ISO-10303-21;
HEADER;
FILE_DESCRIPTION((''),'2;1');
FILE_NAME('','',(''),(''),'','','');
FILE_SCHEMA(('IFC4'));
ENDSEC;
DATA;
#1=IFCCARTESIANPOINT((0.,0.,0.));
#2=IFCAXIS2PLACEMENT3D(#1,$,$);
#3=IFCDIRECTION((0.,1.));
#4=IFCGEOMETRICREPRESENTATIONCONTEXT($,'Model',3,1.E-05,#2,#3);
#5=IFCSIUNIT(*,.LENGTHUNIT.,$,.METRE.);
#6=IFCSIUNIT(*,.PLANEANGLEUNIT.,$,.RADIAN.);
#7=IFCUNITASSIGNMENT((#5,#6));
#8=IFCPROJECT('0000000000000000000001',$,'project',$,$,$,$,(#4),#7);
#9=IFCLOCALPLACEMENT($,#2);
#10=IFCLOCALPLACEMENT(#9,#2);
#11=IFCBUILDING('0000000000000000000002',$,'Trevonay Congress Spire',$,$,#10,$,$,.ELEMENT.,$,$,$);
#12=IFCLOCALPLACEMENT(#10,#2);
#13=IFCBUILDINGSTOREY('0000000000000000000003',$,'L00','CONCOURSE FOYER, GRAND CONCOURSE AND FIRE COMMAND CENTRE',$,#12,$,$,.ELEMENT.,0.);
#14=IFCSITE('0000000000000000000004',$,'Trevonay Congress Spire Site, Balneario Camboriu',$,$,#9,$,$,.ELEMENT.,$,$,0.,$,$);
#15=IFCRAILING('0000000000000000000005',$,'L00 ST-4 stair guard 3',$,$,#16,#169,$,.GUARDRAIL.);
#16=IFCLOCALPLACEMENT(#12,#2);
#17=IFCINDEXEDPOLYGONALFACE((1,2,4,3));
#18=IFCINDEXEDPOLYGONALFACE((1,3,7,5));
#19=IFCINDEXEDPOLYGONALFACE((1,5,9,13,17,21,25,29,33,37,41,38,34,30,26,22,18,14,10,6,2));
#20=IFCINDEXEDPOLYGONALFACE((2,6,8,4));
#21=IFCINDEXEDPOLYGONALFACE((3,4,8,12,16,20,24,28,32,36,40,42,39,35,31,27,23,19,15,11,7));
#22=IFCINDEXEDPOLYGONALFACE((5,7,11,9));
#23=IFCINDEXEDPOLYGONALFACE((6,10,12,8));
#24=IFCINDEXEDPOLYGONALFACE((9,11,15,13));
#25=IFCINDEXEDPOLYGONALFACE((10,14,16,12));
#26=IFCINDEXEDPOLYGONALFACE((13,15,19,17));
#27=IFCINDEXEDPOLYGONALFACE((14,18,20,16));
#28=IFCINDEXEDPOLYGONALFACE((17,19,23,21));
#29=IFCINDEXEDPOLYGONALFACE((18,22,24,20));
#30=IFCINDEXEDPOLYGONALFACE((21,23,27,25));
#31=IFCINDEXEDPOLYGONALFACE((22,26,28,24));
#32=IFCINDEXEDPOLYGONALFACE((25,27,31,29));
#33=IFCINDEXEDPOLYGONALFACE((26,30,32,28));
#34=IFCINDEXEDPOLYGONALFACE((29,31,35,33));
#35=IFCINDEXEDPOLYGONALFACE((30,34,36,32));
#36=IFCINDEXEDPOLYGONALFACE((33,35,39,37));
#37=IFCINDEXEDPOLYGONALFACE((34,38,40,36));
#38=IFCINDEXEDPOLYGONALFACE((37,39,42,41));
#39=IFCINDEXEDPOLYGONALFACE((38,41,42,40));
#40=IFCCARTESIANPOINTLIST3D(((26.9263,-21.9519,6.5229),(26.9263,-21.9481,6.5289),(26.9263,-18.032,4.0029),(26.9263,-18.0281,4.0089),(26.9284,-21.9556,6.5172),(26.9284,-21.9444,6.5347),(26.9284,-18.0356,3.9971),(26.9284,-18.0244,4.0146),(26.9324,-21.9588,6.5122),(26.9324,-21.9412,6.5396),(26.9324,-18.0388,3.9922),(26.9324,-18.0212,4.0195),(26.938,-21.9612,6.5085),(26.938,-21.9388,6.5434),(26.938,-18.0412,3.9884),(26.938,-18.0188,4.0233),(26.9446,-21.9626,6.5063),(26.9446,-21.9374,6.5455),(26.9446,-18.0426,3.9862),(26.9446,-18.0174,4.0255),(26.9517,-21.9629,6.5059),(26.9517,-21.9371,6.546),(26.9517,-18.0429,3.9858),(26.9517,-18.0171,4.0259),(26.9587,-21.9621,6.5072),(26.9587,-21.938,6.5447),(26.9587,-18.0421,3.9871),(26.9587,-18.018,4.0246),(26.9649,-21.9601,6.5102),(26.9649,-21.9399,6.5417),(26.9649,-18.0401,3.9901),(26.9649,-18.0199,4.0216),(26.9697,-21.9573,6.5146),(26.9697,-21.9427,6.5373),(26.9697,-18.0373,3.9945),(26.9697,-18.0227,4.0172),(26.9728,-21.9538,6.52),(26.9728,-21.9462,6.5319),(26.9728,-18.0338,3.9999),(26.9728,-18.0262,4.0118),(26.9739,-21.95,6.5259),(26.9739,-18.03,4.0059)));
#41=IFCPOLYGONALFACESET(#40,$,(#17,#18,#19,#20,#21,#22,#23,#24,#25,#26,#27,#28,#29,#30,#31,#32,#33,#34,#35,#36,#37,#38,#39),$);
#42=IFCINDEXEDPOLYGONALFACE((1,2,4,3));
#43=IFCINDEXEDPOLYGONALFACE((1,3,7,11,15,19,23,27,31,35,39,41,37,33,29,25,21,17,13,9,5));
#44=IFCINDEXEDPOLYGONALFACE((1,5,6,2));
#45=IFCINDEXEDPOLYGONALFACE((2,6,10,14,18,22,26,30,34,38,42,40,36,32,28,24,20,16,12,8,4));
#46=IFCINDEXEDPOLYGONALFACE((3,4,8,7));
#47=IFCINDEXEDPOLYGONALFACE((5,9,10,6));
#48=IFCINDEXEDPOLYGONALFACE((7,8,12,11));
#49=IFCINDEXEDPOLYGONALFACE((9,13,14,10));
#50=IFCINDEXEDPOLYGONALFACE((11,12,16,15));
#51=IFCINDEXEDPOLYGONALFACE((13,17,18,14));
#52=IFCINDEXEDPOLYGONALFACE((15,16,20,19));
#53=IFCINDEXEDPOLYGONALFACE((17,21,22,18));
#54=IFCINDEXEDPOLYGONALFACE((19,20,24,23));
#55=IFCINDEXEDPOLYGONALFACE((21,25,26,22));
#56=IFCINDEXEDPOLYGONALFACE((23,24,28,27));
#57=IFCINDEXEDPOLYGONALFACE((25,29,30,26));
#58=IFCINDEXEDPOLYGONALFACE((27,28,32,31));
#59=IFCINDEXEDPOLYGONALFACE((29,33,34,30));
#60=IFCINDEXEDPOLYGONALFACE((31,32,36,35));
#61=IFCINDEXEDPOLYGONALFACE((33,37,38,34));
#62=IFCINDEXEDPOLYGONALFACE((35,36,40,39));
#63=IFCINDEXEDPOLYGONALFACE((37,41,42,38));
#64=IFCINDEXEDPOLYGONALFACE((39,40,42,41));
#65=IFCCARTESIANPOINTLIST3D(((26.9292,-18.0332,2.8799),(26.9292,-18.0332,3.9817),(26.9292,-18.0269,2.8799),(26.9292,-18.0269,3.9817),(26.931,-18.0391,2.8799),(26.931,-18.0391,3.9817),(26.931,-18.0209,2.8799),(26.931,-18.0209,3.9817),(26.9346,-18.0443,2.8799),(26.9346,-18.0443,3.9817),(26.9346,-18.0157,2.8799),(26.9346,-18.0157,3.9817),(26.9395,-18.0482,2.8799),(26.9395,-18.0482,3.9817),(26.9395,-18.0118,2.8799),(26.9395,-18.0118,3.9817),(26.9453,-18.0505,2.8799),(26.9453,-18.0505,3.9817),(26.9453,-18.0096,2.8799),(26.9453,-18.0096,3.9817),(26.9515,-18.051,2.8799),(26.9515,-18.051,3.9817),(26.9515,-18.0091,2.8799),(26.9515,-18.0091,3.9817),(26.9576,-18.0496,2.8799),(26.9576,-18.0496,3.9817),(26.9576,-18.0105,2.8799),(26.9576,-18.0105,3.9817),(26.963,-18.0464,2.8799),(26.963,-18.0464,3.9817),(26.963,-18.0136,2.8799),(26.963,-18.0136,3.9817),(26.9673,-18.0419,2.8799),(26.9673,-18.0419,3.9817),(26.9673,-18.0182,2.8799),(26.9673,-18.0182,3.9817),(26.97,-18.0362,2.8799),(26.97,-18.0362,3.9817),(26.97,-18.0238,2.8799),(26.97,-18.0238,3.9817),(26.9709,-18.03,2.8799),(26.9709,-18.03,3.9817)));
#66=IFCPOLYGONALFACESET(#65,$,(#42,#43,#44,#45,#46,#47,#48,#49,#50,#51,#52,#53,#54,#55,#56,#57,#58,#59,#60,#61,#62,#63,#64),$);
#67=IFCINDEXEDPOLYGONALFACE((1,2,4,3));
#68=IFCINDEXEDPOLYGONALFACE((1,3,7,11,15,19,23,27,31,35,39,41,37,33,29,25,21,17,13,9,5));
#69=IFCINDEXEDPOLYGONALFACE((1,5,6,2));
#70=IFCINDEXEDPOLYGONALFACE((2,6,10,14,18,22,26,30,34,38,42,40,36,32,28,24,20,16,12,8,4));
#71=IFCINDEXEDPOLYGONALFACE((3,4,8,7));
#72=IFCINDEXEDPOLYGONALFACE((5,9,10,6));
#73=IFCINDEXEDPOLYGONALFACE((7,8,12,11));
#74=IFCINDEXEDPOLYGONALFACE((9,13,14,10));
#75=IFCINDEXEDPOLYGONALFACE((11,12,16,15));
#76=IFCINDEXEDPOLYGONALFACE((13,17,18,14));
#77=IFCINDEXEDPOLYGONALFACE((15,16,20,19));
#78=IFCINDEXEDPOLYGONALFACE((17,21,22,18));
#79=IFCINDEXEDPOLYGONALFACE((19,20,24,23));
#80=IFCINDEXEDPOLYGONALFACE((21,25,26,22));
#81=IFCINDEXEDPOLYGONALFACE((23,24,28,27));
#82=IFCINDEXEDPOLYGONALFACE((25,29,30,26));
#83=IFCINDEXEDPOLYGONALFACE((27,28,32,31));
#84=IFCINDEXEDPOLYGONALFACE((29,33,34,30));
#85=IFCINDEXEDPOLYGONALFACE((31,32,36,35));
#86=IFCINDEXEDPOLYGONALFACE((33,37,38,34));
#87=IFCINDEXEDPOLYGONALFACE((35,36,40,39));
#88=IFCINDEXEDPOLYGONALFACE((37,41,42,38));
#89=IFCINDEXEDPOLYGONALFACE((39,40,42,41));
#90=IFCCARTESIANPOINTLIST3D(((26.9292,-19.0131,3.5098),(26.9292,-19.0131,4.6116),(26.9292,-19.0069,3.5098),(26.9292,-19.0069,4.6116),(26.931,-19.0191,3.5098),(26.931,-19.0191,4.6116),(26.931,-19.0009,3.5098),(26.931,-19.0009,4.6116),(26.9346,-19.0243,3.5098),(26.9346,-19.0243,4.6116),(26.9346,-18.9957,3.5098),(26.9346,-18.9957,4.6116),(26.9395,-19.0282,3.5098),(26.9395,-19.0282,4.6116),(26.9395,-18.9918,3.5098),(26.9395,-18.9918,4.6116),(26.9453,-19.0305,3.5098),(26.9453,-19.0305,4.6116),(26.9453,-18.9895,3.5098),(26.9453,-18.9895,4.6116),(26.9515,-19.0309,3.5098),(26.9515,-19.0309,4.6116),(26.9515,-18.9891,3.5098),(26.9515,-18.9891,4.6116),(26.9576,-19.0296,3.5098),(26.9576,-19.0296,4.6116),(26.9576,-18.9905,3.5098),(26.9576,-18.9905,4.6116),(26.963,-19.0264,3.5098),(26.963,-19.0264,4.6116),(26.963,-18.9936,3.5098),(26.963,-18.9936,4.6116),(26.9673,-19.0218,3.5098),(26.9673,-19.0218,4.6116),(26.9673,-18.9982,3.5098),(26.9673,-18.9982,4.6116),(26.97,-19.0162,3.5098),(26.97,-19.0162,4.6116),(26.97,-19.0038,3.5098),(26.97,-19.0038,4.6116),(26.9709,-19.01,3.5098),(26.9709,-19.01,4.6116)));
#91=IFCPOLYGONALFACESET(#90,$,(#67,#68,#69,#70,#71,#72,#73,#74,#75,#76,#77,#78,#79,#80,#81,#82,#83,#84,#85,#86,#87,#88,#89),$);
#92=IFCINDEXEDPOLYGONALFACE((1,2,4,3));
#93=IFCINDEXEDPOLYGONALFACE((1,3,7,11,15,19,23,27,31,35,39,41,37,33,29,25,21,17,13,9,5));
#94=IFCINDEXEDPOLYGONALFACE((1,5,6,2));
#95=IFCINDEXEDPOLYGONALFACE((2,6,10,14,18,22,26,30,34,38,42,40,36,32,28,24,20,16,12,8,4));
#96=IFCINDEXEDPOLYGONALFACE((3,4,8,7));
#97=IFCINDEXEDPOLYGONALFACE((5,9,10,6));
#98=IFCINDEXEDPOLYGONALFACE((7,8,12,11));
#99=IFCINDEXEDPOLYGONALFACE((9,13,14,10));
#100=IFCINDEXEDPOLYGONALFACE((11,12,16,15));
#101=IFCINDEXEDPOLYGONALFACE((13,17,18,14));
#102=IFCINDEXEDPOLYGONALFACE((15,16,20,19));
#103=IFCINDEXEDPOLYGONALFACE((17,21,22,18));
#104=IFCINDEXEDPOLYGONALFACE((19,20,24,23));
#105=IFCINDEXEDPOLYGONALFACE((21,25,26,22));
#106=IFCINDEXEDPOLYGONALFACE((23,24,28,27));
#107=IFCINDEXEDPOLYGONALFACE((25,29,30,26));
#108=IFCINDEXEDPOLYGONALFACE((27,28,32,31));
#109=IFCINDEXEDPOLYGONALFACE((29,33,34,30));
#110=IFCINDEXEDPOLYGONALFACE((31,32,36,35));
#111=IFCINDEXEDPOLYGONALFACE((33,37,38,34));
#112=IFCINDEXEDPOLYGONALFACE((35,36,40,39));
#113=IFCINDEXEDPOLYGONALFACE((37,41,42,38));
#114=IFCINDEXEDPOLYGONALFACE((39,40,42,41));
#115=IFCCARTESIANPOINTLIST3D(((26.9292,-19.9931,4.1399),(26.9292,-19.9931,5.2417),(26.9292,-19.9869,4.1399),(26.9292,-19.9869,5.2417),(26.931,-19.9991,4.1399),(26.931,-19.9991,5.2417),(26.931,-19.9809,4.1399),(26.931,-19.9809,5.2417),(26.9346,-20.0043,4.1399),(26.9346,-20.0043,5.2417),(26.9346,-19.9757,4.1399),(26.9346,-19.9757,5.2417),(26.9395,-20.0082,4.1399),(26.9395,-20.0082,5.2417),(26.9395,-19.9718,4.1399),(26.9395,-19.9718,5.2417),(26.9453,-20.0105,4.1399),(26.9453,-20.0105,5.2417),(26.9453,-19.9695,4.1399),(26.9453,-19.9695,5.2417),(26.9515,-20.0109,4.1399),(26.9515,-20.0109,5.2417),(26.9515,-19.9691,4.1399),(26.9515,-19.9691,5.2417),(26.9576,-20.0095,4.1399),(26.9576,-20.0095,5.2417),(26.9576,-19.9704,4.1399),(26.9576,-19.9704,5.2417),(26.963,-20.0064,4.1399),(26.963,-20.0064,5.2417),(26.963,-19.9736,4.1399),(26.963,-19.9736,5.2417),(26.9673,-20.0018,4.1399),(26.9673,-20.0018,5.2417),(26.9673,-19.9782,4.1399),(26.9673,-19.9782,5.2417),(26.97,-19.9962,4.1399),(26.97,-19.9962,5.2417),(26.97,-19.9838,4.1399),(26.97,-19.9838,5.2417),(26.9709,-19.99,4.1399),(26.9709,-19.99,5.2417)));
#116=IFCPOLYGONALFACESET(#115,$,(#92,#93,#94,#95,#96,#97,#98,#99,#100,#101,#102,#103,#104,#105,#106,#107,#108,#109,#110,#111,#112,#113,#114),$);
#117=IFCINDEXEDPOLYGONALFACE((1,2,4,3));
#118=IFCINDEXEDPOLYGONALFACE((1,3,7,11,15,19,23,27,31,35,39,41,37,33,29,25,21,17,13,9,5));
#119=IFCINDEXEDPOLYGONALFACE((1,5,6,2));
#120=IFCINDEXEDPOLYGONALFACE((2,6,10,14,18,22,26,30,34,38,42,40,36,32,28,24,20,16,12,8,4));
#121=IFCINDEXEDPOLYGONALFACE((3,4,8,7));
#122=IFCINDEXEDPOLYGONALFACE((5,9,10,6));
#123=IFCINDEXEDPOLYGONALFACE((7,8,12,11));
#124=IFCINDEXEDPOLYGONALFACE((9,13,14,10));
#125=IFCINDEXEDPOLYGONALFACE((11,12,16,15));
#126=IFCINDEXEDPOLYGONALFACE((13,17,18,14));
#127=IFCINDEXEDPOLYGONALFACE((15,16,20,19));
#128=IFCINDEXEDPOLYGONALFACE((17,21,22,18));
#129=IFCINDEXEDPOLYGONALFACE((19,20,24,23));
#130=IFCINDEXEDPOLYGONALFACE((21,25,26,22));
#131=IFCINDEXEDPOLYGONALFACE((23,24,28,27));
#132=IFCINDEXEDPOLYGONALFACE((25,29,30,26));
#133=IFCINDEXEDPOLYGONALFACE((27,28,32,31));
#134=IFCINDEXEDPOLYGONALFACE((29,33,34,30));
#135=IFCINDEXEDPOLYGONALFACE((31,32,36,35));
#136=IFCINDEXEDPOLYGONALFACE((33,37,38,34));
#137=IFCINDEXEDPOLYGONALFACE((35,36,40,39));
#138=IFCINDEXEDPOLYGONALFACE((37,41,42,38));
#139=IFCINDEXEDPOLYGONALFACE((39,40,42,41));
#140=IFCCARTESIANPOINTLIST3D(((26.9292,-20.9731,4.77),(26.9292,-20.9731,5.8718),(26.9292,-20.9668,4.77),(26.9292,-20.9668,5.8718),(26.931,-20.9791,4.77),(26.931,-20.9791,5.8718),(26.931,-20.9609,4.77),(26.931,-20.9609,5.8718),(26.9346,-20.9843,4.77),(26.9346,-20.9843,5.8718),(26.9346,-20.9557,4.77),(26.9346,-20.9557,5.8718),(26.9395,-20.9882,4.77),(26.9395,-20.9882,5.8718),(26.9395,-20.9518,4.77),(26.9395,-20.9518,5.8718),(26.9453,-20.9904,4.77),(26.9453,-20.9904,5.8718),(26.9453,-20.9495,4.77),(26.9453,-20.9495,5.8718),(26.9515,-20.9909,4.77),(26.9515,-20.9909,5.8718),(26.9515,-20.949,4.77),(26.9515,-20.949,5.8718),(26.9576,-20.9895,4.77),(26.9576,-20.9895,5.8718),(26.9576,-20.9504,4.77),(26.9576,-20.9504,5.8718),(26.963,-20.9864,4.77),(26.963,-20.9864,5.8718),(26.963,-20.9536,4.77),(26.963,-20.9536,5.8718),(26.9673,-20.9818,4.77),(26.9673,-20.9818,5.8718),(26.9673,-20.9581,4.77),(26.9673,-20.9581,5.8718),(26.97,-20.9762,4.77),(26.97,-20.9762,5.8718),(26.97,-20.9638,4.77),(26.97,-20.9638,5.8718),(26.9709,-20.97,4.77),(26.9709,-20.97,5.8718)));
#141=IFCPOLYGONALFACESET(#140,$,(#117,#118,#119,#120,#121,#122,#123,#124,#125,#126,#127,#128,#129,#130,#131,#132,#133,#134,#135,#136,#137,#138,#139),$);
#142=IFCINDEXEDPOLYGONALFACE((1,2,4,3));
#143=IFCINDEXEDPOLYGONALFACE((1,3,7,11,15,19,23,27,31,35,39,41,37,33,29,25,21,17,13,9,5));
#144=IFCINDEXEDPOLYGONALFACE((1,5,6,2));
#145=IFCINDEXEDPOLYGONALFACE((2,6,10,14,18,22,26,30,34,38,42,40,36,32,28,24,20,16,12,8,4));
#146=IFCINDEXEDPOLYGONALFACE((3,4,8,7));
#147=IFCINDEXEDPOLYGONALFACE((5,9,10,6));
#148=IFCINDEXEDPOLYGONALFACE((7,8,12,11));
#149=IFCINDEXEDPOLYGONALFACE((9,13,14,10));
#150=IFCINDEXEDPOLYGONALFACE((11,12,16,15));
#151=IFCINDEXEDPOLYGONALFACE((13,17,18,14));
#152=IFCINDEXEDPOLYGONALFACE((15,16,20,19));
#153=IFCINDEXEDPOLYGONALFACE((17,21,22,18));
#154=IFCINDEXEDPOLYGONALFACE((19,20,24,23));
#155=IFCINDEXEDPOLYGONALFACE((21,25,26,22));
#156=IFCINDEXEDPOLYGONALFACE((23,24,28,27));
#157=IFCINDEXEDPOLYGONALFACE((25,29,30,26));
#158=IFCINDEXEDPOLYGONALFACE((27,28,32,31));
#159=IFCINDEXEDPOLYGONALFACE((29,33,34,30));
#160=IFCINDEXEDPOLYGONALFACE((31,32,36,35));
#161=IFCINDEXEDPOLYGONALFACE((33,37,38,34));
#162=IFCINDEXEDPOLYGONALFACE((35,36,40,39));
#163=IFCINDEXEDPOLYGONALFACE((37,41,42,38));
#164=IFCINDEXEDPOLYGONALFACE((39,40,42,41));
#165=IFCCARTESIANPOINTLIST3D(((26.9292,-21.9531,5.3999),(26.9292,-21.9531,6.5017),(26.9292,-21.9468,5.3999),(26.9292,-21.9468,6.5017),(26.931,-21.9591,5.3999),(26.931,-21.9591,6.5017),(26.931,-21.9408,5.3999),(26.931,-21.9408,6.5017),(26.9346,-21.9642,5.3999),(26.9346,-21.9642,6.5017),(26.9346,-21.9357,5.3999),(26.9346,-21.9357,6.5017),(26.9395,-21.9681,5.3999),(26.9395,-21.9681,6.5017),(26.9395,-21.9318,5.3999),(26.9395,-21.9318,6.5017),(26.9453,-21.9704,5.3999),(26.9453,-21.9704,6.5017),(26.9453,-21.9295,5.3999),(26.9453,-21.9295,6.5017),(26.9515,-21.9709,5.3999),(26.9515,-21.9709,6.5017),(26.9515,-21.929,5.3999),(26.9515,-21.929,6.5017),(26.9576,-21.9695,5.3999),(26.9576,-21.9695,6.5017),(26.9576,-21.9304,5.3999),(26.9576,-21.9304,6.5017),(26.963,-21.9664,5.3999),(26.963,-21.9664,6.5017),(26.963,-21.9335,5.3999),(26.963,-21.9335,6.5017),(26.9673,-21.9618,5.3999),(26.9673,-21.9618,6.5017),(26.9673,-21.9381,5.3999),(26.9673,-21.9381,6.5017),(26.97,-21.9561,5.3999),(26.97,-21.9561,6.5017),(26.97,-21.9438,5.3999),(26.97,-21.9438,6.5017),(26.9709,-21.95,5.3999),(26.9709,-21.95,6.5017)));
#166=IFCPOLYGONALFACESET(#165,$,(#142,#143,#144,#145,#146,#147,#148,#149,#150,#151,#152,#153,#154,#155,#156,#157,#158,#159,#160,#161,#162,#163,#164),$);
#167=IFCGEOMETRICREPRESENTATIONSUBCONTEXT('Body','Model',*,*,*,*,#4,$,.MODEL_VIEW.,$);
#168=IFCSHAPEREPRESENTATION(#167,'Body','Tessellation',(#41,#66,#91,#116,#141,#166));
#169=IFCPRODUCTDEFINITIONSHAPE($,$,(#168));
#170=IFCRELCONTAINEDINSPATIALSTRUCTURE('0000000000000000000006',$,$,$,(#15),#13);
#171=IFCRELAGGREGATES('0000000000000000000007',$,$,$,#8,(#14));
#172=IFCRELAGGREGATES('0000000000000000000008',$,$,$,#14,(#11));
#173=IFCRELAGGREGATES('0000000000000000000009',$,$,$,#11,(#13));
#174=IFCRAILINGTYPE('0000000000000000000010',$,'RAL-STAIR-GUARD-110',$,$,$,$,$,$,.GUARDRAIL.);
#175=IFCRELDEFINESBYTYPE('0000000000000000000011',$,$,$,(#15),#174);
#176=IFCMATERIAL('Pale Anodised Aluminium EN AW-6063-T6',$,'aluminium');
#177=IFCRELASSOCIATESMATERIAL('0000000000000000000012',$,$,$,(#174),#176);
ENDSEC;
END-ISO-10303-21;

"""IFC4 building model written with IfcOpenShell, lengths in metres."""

from ifc_helpers import new_model, si_unit, direction, frame, origin, origin_2d, place, context, subcontext, project, spatial, circle, extrude, material, type_object, element, save


model = new_model("IFC4")

# Units and contexts
model_context = context("Model", 3, precision=1e-05, world=origin(), true_north=direction((0.0, 1.0)))
body_context = subcontext(model_context, "Body", "Model", "MODEL_VIEW")
ifc_project = project(units=[si_unit("LENGTHUNIT", "METRE"), si_unit("PLANEANGLEUNIT", "RADIAN")], contexts=[model_context])

# Site, building, storey
site_placement = place(None, origin())
site = spatial("IfcSite", under=ifc_project, at=site_placement, Name="Trevonay Congress Spire Site, Balneario Camboriu", CompositionType="ELEMENT", RefElevation=0.0)
building_placement = place(site_placement, origin())
building = spatial("IfcBuilding", under=site, at=building_placement, Name="Trevonay Congress Spire", CompositionType="ELEMENT")
storey_placement = place(building_placement, origin())
storey = spatial("IfcBuildingStorey", under=building, at=storey_placement, Name="L00", Description="CONCOURSE FOYER, GRAND CONCOURSE AND FIRE COMMAND CENTRE", CompositionType="ELEMENT", Elevation=0.0)

# Railing
ifc_material_1 = material(Name="Pale Anodised Aluminium EN AW-6063-T6", Category="aluminium")
railing_type = type_object("IfcRailingType", Name="RAL-STAIR-GUARD-110", PredefinedType="GUARDRAIL", material=ifc_material_1)
railing_1_placement = place(storey_placement, frame((26.95, -18.03, 2.8799)))
element("IfcRailing", 1, at=railing_1_placement, inside=storey, type_object=railing_type, Name="L00 ST-4 stair guard 3", PredefinedType="GUARDRAIL", context=body_context, shape_type="SweptSolid", body=[
    extrude(circle(Radius=0.0239, at=origin_2d()), frame((0.0, 0.0, 1.126), z_axis=(0.0, -0.841172, 0.540768), x_axis=(1.0, 0.0, 0.0)), (0.0, 0.0, 1.0), 4.6602),
    extrude(circle(Radius=0.021, at=origin_2d()), origin(), (0.0, 0.0, 1.0), 1.1018),
    extrude(circle(Radius=0.021, at=origin_2d()), frame((0.0, -0.98, 0.6299)), (0.0, 0.0, 1.0), 1.1018),
    extrude(circle(Radius=0.021, at=origin_2d()), frame((0.0, -1.96, 1.26)), (0.0, 0.0, 1.0), 1.1018),
    extrude(circle(Radius=0.021, at=origin_2d()), frame((0.0, -2.9399, 1.8901)), (0.0, 0.0, 1.0), 1.1018),
    extrude(circle(Radius=0.021, at=origin_2d()), frame((0.0, -3.9199, 2.52)), (0.0, 0.0, 1.0), 1.1018),
])

save(model, "model.ifc")
